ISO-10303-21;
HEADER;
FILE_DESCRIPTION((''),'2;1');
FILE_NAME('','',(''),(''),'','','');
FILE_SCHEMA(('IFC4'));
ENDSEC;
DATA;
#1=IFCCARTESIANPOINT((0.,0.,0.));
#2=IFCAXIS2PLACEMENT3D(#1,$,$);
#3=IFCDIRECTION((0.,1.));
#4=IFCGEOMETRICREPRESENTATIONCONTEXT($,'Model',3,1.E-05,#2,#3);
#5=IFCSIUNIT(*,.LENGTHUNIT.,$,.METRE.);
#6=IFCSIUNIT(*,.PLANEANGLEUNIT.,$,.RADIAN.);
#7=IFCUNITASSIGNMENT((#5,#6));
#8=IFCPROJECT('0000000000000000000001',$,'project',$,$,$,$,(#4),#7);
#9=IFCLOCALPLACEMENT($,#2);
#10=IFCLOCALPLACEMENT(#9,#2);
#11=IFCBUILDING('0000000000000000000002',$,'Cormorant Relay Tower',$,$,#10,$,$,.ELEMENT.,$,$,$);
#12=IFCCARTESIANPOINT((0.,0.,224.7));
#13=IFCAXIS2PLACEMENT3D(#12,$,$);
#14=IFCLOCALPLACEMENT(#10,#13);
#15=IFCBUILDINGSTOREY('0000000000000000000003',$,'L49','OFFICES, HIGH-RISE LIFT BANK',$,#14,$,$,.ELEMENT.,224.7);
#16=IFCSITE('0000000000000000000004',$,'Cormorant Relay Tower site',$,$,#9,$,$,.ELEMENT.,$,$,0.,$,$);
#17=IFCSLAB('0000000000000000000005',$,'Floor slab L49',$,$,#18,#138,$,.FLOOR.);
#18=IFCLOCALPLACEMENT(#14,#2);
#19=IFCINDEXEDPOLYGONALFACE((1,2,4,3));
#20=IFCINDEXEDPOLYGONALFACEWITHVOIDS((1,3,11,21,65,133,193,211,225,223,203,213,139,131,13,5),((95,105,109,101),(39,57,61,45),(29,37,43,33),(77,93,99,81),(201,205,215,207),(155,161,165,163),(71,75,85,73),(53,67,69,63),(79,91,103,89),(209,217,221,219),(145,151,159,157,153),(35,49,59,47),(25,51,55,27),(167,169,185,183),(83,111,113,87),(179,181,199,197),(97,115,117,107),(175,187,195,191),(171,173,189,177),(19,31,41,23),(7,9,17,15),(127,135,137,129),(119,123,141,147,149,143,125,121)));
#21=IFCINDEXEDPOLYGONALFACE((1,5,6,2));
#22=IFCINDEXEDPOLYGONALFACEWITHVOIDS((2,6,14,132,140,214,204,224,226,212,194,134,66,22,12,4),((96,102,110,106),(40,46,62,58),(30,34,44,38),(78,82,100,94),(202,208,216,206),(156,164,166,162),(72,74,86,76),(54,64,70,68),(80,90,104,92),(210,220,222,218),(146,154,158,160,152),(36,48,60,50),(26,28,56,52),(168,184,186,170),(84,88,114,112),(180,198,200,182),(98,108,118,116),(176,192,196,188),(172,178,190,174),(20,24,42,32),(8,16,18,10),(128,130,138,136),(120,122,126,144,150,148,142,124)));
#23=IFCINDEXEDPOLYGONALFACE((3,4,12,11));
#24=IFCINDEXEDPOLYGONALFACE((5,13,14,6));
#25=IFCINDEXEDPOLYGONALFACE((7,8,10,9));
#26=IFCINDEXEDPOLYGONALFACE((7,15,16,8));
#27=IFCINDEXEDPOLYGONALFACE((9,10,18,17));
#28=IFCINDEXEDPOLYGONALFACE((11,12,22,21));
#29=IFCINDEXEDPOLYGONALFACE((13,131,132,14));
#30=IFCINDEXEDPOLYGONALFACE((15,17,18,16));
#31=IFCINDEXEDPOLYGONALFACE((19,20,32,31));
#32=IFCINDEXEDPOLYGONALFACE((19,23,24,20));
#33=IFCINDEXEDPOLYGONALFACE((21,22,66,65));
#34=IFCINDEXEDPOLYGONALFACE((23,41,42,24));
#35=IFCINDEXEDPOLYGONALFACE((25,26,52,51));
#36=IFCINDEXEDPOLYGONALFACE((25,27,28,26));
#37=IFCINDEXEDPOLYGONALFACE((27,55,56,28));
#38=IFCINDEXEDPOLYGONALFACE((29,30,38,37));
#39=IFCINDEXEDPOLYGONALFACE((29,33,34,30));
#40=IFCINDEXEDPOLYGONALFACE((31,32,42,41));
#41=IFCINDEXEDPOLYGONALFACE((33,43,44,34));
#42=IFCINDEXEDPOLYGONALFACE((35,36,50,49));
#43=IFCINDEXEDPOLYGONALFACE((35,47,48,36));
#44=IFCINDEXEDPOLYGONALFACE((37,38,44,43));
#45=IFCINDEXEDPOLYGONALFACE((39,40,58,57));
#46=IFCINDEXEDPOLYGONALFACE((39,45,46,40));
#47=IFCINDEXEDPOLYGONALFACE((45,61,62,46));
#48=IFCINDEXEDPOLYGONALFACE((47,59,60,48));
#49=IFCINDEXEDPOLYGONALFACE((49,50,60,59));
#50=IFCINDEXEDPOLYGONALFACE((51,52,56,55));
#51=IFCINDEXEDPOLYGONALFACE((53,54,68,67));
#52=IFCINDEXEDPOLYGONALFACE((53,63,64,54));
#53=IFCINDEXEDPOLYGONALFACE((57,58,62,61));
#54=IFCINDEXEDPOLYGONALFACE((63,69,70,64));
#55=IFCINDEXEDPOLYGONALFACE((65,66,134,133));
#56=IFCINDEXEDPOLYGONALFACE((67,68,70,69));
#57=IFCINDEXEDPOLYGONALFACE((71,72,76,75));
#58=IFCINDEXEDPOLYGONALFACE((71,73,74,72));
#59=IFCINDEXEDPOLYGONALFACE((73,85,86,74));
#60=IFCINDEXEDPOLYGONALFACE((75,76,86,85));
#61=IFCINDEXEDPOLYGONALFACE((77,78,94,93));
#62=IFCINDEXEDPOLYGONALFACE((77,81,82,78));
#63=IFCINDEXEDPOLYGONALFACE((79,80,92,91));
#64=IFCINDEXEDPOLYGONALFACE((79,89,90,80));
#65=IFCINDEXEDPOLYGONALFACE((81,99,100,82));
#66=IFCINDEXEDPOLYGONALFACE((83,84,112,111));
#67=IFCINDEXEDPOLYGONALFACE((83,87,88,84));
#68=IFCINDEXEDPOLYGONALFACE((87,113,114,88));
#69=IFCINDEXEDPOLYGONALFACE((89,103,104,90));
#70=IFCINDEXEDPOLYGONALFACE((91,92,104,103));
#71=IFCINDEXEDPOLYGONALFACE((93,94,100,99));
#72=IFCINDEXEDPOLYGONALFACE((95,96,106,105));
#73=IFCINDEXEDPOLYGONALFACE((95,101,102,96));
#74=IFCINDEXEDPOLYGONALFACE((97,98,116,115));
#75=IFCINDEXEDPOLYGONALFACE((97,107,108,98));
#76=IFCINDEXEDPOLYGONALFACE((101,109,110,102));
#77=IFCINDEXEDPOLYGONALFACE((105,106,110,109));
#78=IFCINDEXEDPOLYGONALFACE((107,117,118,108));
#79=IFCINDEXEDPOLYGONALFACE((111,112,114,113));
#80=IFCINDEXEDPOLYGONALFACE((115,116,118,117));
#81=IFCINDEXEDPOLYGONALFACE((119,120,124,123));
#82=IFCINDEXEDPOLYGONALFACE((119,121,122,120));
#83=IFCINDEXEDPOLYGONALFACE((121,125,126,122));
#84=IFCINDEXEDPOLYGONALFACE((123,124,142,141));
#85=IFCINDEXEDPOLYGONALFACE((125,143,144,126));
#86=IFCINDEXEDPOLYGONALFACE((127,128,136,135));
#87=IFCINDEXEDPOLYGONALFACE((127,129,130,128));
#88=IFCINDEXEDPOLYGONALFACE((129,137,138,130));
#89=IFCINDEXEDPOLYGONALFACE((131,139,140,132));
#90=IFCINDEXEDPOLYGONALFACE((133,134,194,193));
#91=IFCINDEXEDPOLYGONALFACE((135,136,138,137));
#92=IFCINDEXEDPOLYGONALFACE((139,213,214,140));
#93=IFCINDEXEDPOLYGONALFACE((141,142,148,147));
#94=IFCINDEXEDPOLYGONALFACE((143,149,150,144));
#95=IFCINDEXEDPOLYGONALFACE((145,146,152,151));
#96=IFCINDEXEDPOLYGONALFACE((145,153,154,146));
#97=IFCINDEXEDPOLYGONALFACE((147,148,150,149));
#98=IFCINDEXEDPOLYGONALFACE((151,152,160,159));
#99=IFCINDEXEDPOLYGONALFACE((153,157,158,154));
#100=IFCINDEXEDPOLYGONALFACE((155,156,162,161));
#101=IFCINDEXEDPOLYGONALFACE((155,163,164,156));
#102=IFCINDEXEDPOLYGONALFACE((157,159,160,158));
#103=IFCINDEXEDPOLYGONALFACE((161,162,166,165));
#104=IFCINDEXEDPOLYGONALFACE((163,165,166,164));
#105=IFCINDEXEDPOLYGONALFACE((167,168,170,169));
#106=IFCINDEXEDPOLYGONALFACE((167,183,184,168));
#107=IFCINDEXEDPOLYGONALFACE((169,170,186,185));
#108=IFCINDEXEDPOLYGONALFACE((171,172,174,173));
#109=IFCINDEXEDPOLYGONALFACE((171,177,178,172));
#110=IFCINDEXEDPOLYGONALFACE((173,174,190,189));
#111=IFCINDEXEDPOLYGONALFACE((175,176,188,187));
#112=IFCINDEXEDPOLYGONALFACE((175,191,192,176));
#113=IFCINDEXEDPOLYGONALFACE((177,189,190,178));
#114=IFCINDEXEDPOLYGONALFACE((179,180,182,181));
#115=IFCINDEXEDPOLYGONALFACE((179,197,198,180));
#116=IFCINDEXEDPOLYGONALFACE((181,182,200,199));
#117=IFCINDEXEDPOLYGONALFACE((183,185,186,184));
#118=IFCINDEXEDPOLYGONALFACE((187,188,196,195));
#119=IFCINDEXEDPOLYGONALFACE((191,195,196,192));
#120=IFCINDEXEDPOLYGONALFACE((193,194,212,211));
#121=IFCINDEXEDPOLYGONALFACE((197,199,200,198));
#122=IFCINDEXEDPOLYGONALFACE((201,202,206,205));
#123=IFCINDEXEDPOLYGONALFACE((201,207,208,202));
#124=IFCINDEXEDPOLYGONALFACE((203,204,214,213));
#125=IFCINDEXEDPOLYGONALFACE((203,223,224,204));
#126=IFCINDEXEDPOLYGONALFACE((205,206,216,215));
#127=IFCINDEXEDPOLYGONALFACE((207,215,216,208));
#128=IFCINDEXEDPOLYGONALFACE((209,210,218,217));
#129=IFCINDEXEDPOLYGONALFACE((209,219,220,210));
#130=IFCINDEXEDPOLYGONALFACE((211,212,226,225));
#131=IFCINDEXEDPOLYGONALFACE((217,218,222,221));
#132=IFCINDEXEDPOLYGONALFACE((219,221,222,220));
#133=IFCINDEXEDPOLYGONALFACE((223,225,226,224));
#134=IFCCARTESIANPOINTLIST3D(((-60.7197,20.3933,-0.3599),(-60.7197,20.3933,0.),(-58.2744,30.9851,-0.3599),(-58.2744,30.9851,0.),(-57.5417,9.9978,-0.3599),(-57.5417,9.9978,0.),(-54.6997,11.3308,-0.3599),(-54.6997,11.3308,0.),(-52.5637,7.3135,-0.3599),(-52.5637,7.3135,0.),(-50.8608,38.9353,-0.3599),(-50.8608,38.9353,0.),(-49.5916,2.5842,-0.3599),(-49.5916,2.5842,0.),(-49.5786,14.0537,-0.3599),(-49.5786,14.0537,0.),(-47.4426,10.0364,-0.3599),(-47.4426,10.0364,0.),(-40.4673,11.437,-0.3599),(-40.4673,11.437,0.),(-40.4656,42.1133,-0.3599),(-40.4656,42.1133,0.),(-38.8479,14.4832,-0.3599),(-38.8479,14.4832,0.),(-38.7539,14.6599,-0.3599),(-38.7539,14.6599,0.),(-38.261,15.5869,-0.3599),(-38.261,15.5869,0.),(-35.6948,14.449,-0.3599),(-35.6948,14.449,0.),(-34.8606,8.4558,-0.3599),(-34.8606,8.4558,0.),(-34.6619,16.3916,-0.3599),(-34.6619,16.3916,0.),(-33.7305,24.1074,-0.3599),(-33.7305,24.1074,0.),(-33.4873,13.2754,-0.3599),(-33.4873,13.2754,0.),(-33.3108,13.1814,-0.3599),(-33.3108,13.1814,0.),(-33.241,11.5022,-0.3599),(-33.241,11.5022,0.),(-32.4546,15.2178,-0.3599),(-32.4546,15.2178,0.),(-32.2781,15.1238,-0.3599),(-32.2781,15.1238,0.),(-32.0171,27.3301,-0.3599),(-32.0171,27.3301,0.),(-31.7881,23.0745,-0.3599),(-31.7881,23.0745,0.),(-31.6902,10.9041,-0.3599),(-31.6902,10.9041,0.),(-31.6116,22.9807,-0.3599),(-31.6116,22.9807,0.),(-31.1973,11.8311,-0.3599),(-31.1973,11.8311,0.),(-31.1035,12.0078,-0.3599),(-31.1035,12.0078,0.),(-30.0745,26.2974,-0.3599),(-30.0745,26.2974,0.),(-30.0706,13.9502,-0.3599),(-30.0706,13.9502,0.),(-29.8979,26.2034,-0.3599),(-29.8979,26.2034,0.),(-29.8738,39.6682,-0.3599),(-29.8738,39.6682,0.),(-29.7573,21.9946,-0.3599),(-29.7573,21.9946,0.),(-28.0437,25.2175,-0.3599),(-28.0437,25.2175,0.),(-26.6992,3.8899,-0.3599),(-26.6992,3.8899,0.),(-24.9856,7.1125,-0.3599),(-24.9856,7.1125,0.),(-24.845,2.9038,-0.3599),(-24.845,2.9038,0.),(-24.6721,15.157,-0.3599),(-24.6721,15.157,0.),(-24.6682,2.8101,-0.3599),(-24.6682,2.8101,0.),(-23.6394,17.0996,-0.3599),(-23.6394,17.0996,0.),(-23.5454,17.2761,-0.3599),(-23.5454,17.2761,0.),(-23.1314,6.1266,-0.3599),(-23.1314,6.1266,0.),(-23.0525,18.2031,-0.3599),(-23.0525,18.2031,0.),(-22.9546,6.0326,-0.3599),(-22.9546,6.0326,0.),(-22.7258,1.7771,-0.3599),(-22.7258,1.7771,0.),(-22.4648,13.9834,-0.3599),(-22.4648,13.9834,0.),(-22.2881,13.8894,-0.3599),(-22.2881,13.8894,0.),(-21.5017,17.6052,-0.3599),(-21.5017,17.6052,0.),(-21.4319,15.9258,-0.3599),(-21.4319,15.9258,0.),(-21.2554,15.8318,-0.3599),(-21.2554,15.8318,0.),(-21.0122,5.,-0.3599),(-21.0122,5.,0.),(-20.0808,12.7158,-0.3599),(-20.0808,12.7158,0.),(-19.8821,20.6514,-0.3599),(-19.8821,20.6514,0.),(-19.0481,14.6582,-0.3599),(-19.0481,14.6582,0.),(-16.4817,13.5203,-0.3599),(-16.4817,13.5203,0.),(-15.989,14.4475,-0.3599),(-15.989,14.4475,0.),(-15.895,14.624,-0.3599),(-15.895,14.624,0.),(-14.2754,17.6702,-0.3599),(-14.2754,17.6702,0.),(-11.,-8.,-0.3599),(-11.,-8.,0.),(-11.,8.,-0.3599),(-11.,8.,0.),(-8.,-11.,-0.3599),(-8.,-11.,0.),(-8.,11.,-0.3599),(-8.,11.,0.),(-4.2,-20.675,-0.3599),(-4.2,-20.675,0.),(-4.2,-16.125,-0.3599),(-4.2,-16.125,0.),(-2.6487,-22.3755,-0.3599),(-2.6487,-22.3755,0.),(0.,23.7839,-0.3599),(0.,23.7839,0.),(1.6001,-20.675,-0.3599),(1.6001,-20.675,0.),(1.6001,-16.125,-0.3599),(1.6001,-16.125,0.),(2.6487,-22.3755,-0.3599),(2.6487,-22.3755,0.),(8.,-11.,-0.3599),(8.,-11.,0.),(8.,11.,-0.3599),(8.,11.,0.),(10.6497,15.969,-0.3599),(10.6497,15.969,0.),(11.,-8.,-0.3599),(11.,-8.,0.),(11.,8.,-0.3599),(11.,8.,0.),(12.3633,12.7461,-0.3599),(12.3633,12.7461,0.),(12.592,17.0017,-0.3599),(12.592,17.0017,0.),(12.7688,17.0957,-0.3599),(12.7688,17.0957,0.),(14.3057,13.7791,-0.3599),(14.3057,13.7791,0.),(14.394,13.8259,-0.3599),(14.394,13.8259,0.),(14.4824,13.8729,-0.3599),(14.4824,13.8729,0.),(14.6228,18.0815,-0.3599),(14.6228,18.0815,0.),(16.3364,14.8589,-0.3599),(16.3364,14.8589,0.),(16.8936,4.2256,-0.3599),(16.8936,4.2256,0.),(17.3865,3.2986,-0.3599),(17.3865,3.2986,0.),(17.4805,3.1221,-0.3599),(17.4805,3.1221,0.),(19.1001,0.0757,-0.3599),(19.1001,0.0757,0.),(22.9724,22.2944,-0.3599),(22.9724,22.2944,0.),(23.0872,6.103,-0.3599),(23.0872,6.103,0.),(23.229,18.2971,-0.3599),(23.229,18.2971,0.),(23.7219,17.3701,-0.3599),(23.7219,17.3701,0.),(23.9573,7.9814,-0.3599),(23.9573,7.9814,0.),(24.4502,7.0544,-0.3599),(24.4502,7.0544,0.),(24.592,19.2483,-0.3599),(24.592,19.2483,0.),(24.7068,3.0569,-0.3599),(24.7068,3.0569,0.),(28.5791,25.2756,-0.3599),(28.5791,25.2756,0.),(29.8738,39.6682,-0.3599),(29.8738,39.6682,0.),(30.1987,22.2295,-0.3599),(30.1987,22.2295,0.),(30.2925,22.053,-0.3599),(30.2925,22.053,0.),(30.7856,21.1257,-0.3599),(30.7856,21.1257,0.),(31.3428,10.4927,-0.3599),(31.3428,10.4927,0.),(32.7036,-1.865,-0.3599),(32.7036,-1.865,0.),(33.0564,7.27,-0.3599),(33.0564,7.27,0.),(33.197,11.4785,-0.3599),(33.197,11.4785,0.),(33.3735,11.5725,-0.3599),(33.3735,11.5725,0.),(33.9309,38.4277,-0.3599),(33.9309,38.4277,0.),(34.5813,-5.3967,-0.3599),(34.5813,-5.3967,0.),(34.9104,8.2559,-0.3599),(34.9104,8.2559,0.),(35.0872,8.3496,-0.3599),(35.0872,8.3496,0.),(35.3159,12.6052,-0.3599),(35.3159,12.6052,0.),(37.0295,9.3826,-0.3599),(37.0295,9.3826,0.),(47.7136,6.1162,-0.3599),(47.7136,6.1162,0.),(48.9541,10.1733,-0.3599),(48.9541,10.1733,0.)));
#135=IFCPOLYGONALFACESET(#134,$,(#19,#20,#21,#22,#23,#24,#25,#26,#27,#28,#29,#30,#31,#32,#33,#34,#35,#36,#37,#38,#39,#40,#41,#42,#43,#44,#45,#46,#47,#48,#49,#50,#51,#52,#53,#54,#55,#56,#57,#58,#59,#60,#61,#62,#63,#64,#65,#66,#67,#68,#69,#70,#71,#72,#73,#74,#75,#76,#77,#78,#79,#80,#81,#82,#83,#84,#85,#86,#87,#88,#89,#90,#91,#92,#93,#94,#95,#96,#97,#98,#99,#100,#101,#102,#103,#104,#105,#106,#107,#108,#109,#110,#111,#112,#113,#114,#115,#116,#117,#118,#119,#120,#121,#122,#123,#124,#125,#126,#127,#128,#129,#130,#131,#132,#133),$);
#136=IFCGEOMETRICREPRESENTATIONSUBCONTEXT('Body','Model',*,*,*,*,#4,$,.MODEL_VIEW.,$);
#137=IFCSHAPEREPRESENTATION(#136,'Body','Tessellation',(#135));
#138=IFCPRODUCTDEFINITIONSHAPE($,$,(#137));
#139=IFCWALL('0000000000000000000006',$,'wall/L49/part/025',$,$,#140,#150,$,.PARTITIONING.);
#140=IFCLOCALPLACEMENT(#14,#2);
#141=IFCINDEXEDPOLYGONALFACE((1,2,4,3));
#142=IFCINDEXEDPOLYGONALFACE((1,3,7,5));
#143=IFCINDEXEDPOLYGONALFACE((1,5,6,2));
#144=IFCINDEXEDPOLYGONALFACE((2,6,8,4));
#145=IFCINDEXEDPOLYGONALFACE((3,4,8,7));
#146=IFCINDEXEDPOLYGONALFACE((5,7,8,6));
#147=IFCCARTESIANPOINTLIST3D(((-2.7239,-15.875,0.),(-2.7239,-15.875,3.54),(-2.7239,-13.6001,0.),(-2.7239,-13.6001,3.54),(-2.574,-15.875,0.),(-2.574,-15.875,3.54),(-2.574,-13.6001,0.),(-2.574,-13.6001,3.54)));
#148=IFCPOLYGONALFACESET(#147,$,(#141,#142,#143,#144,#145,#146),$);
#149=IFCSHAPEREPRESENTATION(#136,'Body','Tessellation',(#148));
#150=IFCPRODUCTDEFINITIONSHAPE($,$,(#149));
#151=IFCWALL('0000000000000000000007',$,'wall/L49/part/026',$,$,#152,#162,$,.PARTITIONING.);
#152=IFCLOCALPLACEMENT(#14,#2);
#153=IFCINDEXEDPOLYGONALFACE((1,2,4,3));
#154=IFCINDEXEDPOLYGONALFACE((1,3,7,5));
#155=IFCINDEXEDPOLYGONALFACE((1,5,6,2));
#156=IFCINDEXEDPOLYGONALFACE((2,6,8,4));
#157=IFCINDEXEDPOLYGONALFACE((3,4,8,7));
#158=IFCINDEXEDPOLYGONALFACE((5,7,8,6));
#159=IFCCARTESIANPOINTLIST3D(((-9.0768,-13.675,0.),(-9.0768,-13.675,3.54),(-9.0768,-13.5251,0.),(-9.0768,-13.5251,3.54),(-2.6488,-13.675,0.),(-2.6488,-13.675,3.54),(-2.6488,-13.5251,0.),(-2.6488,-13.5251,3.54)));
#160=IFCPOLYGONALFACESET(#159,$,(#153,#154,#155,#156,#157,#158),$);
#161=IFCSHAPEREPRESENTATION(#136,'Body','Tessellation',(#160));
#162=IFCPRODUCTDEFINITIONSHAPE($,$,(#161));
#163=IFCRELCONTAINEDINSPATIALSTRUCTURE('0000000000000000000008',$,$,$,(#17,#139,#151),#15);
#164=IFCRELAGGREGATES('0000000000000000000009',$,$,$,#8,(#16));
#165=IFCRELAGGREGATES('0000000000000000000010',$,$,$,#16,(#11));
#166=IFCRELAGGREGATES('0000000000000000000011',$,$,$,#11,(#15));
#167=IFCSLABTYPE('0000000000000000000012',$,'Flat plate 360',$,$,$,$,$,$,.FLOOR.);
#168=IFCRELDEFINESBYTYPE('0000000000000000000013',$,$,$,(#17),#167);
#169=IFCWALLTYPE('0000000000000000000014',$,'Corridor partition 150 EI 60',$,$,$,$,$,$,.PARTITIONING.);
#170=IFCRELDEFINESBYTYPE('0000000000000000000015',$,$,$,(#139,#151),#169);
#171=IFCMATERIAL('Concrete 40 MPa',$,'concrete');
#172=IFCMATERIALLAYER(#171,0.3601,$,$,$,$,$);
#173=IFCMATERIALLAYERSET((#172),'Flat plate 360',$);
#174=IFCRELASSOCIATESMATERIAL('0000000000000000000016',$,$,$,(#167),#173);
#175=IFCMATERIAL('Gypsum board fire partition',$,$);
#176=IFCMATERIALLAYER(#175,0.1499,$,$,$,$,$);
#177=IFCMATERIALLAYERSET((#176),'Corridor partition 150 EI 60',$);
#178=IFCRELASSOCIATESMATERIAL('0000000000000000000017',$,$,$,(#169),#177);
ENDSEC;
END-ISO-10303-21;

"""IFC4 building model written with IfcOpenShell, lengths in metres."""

from ifc_helpers import new_model, si_unit, direction, frame, frame_2d, origin, place, context, subcontext, project, spatial, polyline, rectangle, outline, extrude, material, layer, layer_set, type_object, element, save


model = new_model("IFC4")

# Units and contexts
model_context = context("Model", 3, precision=1e-05, world=origin(), true_north=direction((0.0, 1.0)))
body_context = subcontext(model_context, "Body", "Model", "MODEL_VIEW")
ifc_project = project(units=[si_unit("LENGTHUNIT", "METRE"), si_unit("PLANEANGLEUNIT", "RADIAN")], contexts=[model_context])

# Site, building, storey
site_placement = place(None, origin())
site = spatial("IfcSite", under=ifc_project, at=site_placement, Name="Cormorant Relay Tower site", CompositionType="ELEMENT", RefElevation=0.0)
building_placement = place(site_placement, origin())
building = spatial("IfcBuilding", under=site, at=building_placement, Name="Cormorant Relay Tower", CompositionType="ELEMENT")
storey_placement = place(building_placement, frame((0.0, 0.0, 224.7)))
storey = spatial("IfcBuildingStorey", under=building, at=storey_placement, Name="L49", Description="OFFICES, HIGH-RISE LIFT BANK", CompositionType="ELEMENT", Elevation=224.7)

# Slab
ifc_material_1 = material(Name="Concrete 40 MPa", Category="concrete")
ifc_layer_1 = layer(ifc_material_1, 0.3601)
ifc_layer_set_1 = layer_set([ifc_layer_1], Name="Flat plate 360")
slab_type_1 = type_object("IfcSlabType", Name="Flat plate 360", PredefinedType="FLOOR", material=ifc_layer_set_1)
slab_1_placement = place(storey_placement, frame((0.0, 0.0, -0.3599)))
element("IfcSlab", 1, at=slab_1_placement, inside=storey, type_object=slab_type_1, Name="Floor slab L49", PredefinedType="FLOOR", context=body_context, shape_type="SweptSolid", body=[
    extrude(outline(polyline([(-60.7197, 20.3933), (-58.2744, 30.9851), (-50.8608, 38.9353), (-40.4656, 42.1133), (-29.8738, 39.6682), (0.0, 23.7839), (29.8738, 39.6682), (33.9309, 38.4277), (48.9541, 10.1733), (47.7136, 6.1162), (32.7036, -1.865), (34.5813, -5.3967), (2.6487, -22.3755), (-2.6487, -22.3755), (-49.5916, 2.5842), (-57.5417, 9.9978), (-60.7197, 20.3933)]), holes=[polyline([(11.0, -8.0), (11.0, 8.0), (8.0, 11.0), (-8.0, 11.0), (-11.0, 8.0), (-11.0, -8.0), (-8.0, -11.0), (8.0, -11.0), (11.0, -8.0)]), polyline([(-22.9546, 6.0327), (-24.6682, 2.8101), (-22.7258, 1.7771), (-21.0122, 5.0), (-23.043, 6.0796), (-22.9546, 6.0327)]), polyline([(-24.9856, 7.1125), (-26.6992, 3.8899), (-24.845, 2.9038), (-23.1313, 6.1267), (-23.043, 6.0796), (-24.9856, 7.1125)]), polyline([(-54.6997, 11.3308), (-52.5637, 7.3135), (-47.4426, 10.0364), (-49.5786, 14.0537), (-54.6997, 11.3308)]), polyline([(-33.241, 11.5022), (-38.8479, 14.4832), (-40.4673, 11.437), (-34.8606, 8.4558), (-33.241, 11.5022)]), polyline([(-38.261, 15.5869), (-38.7539, 14.6599), (-31.6902, 10.9041), (-31.1973, 11.8311), (-38.261, 15.5869)]), polyline([(-31.1035, 12.0078), (-30.0706, 13.9502), (-32.2781, 15.1238), (-33.3108, 13.1814), (-31.1035, 12.0078)]), polyline([(-22.2881, 13.8894), (-20.0808, 12.7158), (-19.0481, 14.6582), (-21.2554, 15.8318), (-22.2881, 13.8894)]), polyline([(-34.6619, 16.3916), (-35.6948, 14.449), (-33.4873, 13.2754), (-32.4546, 15.2178), (-34.6619, 16.3916)]), polyline([(-22.4648, 13.9834), (-21.4319, 15.9258), (-23.6394, 17.0996), (-24.6721, 15.157), (-22.4648, 13.9834)]), polyline([(-31.6116, 22.9807), (-29.7573, 21.9946), (-28.0437, 25.2175), (-29.8979, 26.2034), (-31.6116, 22.9807)]), polyline([(-32.0171, 27.3301), (-33.7305, 24.1074), (-31.7881, 23.0745), (-30.0745, 26.2974), (-32.0171, 27.3301)]), polyline([(-4.2, -16.125), (-4.2, -20.675), (1.6001, -20.675), (1.6001, -16.125), (-4.2, -16.125)]), polyline([(17.4805, 3.1221), (19.1001, 0.0757), (24.7068, 3.0569), (23.0872, 6.103), (17.4805, 3.1221)]), polyline([(17.3865, 3.2986), (24.4502, 7.0544), (23.9573, 7.9814), (16.8936, 4.2256), (17.3865, 3.2986)]), polyline([(33.197, 11.4785), (31.3428, 10.4927), (33.0564, 7.27), (34.9104, 8.2559), (33.197, 11.4785)]), polyline([(33.3735, 11.5725), (35.0872, 8.3496), (37.0295, 9.3826), (35.3159, 12.6052), (33.3735, 11.5725)]), polyline([(14.3057, 13.7791), (12.592, 17.0017), (10.6497, 15.969), (12.3633, 12.7461), (14.394, 13.8259), (14.3057, 13.7791)]), polyline([(16.3364, 14.8589), (14.6228, 18.0815), (12.7688, 17.0957), (14.4824, 13.8728), (14.394, 13.8259), (16.3364, 14.8589)]), polyline([(-16.4817, 13.5203), (-15.989, 14.4475), (-23.0525, 18.2031), (-23.5454, 17.2761), (-16.4817, 13.5203)]), polyline([(-15.895, 14.624), (-14.2754, 17.6702), (-19.8821, 20.6514), (-21.5017, 17.6052), (-15.895, 14.624)]), polyline([(30.7856, 21.1257), (30.2925, 22.053), (23.229, 18.2971), (23.7219, 17.3701), (30.7856, 21.1257)]), polyline([(24.592, 19.2483), (30.1987, 22.2295), (28.5791, 25.2756), (22.9724, 22.2944), (24.592, 19.2483)])]), origin(), (0.0, 0.0, 1.0), 0.3599),
])

# Walls
ifc_material_2 = material(Name="Gypsum board fire partition")
ifc_layer_2 = layer(ifc_material_2, 0.1499)
ifc_layer_set_2 = layer_set([ifc_layer_2], Name="Corridor partition 150 EI 60")
wall_type_1 = type_object("IfcWallType", Name="Corridor partition 150 EI 60", PredefinedType="PARTITIONING", material=ifc_layer_set_2)
wall_1_placement = place(storey_placement, frame((-2.6489, -15.875, 0.0), z_axis=(0.0, 0.0, 1.0), x_axis=(0.0, 1.0, 0.0)))
element("IfcWall", 2, at=wall_1_placement, inside=storey, type_object=wall_type_1, Name="wall/L49/part/025", PredefinedType="PARTITIONING", context=body_context, shape_type="SweptSolid", body=[
    extrude(rectangle(XDim=2.2749, YDim=0.1499, at=frame_2d((1.1375, 0.0))), origin(), (0.0, 0.0, 1.0), 3.54),
])
wall_2_placement = place(storey_placement, frame((-2.6489, -13.6001, 0.0), z_axis=(0.0, 0.0, 1.0), x_axis=(-1.0, 0.0, 0.0)))
element("IfcWall", 3, at=wall_2_placement, inside=storey, type_object=wall_type_1, Name="wall/L49/part/026", PredefinedType="PARTITIONING", context=body_context, shape_type="SweptSolid", body=[
    extrude(rectangle(XDim=6.428, YDim=0.1499, at=frame_2d((3.2139, 0.0))), origin(), (0.0, 0.0, 1.0), 3.54),
])

save(model, "model.ifc")
